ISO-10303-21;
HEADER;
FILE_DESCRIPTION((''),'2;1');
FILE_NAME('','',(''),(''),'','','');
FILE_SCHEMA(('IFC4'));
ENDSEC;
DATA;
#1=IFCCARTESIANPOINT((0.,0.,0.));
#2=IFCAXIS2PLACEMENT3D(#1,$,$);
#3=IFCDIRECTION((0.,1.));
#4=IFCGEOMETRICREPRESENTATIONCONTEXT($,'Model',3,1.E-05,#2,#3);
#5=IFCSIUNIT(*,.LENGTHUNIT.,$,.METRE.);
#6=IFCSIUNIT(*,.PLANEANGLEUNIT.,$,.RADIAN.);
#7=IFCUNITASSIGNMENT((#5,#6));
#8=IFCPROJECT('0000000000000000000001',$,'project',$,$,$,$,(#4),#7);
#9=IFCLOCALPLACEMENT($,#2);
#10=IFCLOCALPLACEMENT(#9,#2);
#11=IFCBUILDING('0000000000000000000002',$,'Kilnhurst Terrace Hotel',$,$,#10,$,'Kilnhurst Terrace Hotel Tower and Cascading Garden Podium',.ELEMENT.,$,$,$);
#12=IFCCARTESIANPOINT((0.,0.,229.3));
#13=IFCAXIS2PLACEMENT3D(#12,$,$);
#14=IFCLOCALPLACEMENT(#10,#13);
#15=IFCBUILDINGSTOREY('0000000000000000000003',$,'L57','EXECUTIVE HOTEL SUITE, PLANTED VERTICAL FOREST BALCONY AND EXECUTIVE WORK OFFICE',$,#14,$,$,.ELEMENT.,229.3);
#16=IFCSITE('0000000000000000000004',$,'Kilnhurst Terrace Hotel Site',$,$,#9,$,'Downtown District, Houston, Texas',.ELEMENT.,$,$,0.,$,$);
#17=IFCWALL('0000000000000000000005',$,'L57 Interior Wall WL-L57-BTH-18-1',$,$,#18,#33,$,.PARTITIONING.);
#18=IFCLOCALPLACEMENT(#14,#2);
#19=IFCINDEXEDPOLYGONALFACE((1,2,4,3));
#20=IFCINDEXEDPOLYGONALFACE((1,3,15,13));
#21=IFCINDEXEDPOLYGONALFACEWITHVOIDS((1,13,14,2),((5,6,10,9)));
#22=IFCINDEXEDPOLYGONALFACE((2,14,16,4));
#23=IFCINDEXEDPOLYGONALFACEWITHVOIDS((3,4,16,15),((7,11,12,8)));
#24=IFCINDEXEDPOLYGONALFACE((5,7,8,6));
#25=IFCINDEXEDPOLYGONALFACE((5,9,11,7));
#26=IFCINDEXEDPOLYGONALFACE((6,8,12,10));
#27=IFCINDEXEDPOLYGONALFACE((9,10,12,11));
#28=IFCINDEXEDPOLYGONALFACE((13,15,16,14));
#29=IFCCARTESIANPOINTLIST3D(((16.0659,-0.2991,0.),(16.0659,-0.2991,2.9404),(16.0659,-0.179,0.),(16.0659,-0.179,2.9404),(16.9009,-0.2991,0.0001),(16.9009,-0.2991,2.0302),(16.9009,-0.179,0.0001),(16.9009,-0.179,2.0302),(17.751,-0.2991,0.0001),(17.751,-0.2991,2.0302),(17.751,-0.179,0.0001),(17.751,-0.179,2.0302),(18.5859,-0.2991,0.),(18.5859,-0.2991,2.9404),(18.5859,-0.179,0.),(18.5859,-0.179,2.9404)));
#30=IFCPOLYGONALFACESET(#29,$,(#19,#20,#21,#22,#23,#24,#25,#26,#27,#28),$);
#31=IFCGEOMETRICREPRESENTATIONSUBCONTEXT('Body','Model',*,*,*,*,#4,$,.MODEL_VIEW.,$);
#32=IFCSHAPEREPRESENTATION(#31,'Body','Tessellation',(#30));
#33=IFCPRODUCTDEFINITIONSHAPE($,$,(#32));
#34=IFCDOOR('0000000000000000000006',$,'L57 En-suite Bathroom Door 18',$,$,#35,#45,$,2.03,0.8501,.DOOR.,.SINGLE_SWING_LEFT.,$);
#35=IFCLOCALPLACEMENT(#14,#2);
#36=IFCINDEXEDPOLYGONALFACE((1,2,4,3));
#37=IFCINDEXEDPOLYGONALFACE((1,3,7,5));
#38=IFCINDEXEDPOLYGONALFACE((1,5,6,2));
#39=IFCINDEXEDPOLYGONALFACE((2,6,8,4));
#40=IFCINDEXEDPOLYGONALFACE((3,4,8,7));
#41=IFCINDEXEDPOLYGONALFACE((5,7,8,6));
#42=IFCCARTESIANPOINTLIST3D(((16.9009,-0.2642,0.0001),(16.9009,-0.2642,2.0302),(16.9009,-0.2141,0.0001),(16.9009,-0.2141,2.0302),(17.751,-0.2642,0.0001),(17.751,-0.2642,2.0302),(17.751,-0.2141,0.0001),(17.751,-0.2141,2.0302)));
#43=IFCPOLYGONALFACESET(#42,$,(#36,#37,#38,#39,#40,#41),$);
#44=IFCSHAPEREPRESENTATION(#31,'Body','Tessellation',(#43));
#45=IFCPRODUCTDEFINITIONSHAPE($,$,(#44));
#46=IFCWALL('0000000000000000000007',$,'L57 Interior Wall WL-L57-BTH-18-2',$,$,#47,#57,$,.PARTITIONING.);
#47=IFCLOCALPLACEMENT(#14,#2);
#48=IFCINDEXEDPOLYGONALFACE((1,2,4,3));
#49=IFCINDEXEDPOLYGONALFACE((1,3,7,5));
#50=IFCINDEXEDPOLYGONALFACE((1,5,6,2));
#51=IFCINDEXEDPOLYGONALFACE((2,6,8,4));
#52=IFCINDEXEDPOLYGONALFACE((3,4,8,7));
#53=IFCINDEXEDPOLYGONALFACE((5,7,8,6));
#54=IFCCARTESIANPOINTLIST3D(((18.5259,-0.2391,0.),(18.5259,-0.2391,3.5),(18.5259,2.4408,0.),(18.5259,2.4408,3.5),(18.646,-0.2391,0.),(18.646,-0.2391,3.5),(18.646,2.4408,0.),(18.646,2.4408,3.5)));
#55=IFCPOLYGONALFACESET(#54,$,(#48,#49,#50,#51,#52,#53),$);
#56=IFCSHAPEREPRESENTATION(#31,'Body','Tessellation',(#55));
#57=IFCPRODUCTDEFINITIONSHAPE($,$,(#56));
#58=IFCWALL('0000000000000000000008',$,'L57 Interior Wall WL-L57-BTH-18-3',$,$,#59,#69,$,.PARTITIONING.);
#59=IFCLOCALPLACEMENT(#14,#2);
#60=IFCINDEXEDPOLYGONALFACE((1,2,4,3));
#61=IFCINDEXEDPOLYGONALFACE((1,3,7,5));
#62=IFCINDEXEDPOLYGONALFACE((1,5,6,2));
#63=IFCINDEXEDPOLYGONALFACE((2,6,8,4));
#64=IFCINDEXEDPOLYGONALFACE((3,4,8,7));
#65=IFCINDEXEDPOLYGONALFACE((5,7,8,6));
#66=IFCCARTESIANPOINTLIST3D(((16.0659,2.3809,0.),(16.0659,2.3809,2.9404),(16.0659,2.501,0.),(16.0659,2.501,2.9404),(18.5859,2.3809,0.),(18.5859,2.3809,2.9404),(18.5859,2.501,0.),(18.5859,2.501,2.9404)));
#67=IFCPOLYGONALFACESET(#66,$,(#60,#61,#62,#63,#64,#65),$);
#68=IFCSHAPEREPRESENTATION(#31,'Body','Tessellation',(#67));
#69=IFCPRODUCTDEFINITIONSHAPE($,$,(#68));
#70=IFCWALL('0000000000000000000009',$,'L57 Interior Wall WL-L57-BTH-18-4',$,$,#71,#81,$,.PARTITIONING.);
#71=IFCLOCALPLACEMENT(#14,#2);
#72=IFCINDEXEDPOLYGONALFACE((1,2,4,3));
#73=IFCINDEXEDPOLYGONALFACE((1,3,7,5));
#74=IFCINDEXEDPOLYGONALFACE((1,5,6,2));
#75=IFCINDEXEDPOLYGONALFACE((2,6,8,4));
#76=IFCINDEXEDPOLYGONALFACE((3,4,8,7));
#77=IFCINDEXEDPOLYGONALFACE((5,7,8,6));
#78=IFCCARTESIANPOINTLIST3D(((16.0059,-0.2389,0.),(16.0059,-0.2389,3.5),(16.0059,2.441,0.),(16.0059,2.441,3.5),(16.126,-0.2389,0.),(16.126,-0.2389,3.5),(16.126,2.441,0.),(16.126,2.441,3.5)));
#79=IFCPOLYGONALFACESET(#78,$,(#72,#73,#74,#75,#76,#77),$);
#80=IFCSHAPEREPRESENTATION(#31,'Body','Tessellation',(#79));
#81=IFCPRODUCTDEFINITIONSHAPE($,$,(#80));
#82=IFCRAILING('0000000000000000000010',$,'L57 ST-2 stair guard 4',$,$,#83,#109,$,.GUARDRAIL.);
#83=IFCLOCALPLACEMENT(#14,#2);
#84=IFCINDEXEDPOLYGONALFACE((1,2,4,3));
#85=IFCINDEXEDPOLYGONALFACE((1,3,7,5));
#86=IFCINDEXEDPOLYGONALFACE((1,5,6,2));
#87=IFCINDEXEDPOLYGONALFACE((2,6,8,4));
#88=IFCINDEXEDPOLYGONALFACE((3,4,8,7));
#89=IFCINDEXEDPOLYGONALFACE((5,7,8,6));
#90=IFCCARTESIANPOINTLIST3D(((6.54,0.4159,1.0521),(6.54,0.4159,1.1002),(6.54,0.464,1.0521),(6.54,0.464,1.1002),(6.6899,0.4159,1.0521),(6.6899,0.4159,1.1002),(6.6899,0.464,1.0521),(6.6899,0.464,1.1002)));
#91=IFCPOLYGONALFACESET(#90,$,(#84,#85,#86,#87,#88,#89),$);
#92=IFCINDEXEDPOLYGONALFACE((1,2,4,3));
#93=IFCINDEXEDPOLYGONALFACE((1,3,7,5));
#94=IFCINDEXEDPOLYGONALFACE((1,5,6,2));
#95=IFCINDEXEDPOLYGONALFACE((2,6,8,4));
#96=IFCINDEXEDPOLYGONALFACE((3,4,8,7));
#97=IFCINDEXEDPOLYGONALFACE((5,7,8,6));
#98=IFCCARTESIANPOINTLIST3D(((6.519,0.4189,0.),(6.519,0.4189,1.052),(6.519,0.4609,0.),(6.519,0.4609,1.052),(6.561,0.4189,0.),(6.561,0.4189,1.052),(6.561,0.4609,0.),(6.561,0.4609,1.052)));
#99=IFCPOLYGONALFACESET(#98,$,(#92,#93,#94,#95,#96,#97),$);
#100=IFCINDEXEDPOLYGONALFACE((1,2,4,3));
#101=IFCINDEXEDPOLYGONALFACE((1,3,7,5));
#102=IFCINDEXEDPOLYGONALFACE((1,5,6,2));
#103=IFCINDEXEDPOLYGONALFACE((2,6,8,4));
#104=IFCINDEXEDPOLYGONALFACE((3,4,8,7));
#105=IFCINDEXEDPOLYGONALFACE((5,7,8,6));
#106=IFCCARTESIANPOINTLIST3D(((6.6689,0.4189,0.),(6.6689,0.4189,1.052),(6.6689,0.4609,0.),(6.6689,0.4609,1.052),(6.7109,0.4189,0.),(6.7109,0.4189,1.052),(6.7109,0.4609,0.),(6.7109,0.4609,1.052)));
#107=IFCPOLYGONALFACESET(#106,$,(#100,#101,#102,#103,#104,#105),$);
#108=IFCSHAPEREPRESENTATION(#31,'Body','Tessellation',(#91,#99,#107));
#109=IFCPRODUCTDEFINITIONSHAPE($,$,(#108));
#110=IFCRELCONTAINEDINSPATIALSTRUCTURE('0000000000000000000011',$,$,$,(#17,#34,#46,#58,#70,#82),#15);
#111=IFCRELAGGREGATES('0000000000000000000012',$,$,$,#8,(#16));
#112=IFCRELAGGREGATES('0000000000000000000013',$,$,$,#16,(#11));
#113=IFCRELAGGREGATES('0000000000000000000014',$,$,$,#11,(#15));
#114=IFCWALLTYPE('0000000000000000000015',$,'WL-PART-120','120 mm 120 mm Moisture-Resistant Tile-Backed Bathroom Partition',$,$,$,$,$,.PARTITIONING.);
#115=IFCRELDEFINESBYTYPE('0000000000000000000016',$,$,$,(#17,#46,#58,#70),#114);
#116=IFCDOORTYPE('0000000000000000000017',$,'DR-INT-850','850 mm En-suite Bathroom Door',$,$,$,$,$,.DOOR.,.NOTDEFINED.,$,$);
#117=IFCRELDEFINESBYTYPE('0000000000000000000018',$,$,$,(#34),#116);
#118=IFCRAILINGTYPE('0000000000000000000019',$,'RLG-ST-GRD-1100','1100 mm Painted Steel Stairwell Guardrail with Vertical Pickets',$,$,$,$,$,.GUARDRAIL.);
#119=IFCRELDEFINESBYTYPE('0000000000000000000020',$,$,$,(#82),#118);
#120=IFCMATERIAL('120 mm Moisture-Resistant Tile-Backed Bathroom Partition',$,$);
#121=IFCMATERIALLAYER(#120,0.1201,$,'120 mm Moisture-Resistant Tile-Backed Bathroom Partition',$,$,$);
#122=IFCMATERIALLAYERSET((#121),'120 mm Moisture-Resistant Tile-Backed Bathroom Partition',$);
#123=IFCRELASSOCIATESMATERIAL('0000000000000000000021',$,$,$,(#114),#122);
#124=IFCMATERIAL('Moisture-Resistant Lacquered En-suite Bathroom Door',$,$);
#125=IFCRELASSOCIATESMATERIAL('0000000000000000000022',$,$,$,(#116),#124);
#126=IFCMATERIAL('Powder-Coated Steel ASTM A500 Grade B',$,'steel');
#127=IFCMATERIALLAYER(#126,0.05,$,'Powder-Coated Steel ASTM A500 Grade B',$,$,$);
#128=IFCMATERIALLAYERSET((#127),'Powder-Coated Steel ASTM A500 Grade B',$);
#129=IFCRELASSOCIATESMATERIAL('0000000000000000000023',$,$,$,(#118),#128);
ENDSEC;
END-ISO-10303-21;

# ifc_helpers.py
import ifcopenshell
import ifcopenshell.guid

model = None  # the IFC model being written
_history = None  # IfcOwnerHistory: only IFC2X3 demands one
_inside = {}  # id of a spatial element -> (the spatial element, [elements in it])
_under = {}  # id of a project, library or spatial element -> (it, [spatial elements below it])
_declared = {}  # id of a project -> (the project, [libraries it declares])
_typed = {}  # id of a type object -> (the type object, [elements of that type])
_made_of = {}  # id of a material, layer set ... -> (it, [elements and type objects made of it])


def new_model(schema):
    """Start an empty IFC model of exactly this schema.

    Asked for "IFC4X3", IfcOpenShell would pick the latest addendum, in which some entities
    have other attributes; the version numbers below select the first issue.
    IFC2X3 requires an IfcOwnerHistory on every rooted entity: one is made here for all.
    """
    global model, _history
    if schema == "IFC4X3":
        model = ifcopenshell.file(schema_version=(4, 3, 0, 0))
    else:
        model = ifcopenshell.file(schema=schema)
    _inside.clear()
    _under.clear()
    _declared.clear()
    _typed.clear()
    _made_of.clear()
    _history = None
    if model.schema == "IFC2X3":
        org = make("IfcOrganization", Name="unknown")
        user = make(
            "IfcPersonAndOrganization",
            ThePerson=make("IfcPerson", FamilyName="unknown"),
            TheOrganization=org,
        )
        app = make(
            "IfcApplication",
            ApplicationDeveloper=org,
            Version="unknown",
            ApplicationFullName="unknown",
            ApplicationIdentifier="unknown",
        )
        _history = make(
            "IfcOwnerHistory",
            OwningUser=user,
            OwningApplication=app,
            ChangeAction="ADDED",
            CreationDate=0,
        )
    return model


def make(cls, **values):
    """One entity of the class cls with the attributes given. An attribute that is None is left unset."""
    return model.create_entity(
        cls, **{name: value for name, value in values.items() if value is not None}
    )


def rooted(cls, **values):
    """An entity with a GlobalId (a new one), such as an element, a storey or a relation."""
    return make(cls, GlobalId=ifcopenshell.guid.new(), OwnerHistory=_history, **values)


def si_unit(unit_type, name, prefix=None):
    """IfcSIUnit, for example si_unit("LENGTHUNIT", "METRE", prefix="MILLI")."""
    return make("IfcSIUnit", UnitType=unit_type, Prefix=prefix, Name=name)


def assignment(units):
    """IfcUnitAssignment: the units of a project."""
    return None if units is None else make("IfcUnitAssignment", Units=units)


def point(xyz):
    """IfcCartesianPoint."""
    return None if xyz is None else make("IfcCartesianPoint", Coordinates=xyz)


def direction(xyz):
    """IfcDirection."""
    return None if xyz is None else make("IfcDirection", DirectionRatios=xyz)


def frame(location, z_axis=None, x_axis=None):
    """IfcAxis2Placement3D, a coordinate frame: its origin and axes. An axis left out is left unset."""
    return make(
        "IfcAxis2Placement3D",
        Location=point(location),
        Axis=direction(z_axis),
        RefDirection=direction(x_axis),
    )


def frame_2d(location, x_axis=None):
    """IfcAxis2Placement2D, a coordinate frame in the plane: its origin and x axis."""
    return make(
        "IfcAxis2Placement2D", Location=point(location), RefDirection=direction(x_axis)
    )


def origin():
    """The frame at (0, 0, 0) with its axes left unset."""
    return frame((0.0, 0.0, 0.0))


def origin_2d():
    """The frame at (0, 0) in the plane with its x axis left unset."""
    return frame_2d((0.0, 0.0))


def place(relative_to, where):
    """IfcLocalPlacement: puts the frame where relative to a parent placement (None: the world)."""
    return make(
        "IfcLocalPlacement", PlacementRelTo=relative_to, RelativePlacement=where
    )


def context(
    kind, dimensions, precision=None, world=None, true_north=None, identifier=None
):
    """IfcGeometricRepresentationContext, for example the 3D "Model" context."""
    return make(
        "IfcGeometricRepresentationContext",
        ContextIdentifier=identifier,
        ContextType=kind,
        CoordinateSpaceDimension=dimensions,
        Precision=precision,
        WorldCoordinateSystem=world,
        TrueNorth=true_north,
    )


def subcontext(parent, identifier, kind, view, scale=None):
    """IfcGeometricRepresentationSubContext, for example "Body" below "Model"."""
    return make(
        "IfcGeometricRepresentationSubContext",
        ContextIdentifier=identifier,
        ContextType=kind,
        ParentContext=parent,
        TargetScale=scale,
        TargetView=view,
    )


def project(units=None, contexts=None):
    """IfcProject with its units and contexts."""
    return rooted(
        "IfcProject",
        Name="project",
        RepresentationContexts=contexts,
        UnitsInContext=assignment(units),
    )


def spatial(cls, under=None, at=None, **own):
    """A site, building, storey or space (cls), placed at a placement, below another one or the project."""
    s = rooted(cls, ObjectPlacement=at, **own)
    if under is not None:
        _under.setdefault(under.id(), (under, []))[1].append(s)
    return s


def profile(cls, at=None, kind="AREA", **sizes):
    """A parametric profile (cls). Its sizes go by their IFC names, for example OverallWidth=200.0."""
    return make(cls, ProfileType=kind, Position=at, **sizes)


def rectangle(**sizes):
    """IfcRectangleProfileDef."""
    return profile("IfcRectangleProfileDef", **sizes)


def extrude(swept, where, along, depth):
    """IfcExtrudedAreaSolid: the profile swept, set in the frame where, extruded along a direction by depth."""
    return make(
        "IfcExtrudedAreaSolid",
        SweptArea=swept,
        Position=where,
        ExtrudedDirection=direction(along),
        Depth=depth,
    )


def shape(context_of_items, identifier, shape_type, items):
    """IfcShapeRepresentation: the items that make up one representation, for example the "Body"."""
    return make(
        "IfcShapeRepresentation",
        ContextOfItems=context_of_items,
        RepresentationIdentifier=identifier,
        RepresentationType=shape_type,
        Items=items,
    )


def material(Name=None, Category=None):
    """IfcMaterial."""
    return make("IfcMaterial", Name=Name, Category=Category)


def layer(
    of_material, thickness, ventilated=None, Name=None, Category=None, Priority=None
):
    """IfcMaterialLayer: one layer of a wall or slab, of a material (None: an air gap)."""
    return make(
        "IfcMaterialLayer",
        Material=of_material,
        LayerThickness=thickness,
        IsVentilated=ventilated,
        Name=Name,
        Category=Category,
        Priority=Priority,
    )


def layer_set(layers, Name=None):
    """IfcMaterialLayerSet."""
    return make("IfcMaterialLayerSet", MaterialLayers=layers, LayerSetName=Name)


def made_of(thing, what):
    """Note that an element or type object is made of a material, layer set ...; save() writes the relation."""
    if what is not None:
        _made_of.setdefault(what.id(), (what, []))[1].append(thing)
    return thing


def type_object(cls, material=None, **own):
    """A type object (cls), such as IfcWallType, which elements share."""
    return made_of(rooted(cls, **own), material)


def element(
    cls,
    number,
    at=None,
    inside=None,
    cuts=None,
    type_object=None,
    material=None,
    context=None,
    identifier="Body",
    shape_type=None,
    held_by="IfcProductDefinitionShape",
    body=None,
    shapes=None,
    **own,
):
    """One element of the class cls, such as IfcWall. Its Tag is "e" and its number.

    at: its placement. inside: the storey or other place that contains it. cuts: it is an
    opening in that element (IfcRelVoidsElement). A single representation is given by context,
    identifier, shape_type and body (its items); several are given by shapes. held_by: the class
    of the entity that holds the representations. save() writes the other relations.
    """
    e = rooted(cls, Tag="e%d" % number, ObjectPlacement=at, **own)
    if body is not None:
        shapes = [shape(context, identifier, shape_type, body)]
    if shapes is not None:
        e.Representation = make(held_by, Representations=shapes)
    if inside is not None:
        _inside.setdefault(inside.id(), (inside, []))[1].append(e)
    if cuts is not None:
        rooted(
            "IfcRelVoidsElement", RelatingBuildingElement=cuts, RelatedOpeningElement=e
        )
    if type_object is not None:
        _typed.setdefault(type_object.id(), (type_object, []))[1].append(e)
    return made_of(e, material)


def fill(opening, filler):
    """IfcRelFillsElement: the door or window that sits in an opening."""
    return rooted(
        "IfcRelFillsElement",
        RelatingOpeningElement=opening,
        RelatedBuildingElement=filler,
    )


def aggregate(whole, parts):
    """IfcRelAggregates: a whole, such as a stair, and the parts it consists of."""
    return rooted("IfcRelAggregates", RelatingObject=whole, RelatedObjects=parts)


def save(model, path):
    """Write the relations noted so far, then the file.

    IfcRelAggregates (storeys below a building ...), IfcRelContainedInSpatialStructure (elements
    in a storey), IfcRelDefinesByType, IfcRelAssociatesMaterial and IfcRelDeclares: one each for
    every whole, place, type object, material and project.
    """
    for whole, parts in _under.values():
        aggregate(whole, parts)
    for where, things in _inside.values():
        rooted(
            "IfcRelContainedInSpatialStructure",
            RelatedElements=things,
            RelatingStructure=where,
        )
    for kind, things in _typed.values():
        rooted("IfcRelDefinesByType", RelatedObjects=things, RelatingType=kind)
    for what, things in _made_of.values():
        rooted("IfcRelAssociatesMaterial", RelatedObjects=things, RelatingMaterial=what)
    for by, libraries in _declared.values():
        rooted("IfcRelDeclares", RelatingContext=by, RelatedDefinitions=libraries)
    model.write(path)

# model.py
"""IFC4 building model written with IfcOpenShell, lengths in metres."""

from ifc_helpers import new_model, si_unit, direction, frame, frame_2d, origin, origin_2d, place, context, subcontext, project, spatial, rectangle, extrude, material, layer, layer_set, type_object, element, fill, save


model = new_model("IFC4")

# Units and contexts
model_context = context("Model", 3, precision=1e-05, world=origin(), true_north=direction((0.0, 1.0)))
body_context = subcontext(model_context, "Body", "Model", "MODEL_VIEW")
ifc_project = project(units=[si_unit("LENGTHUNIT", "METRE"), si_unit("PLANEANGLEUNIT", "RADIAN")], contexts=[model_context])

# Site, building, storey
site_placement = place(None, origin())
site = spatial("IfcSite", under=ifc_project, at=site_placement, Name="Kilnhurst Terrace Hotel Site", LongName="Downtown District, Houston, Texas", CompositionType="ELEMENT", RefElevation=0.0)
building_placement = place(site_placement, origin())
building = spatial("IfcBuilding", under=site, at=building_placement, Name="Kilnhurst Terrace Hotel", LongName="Kilnhurst Terrace Hotel Tower and Cascading Garden Podium", CompositionType="ELEMENT")
storey_placement = place(building_placement, frame((0.0, 0.0, 229.3)))
storey = spatial("IfcBuildingStorey", under=building, at=storey_placement, Name="L57", Description="EXECUTIVE HOTEL SUITE, PLANTED VERTICAL FOREST BALCONY AND EXECUTIVE WORK OFFICE", CompositionType="ELEMENT", Elevation=229.3)

# Shared definitions
ifc_material_1 = material(Name="120 mm Moisture-Resistant Tile-Backed Bathroom Partition")
ifc_layer_1 = layer(ifc_material_1, 0.1201, Name="120 mm Moisture-Resistant Tile-Backed Bathroom Partition")
ifc_layer_set_1 = layer_set([ifc_layer_1], Name="120 mm Moisture-Resistant Tile-Backed Bathroom Partition")
wall_type_1 = type_object("IfcWallType", Name="WL-PART-120", Description="120 mm 120 mm Moisture-Resistant Tile-Backed Bathroom Partition", PredefinedType="PARTITIONING", material=ifc_layer_set_1)
ifc_material_2 = material(Name="Moisture-Resistant Lacquered En-suite Bathroom Door")
door_type = type_object("IfcDoorType", Name="DR-INT-850", Description="850 mm En-suite Bathroom Door", OperationType="NOTDEFINED", PredefinedType="DOOR", material=ifc_material_2)

# Wall, opening, door
wall_1_placement = place(storey_placement, frame((16.0659, -0.239, 0.0), z_axis=(0.0, 0.0, 1.0), x_axis=(1.0, 0.0, 0.0)))
wall_1 = element("IfcWall", 1, at=wall_1_placement, inside=storey, type_object=wall_type_1, Name="L57 Interior Wall WL-L57-BTH-18-1", PredefinedType="PARTITIONING", context=body_context, shape_type="SweptSolid", body=[
    extrude(rectangle(XDim=2.52, YDim=0.1201, at=frame_2d((1.26, 0.0))), origin(), (0.0, 0.0, 1.0), 2.9404),
])
opening_1_placement = place(wall_1_placement, frame((0.835, 0.0, 0.0)))
opening_1 = element("IfcOpeningElement", 2, at=opening_1_placement, cuts=wall_1, PredefinedType="OPENING", context=body_context, shape_type="SweptSolid", body=[
    extrude(rectangle(XDim=0.8501, YDim=2.03, at=frame_2d((0.425, 1.0151))), frame((0.0, 0.0701, 0.0), z_axis=(0.0, -1.0, 0.0), x_axis=(1.0, 0.0, 0.0)), (0.0, 0.0, 1.0), 0.1401),
])
door_1_placement = place(opening_1_placement, origin())
door_1 = element("IfcDoor", 3, at=door_1_placement, inside=storey, type_object=door_type, Name="L57 En-suite Bathroom Door 18", OperationType="SINGLE_SWING_LEFT", OverallHeight=2.03, OverallWidth=0.8501, PredefinedType="DOOR", context=body_context, shape_type="SweptSolid", body=[
    extrude(rectangle(XDim=0.8501, YDim=2.03, at=frame_2d((0.425, 1.0151))), frame((0.0, 0.0249, 0.0), z_axis=(0.0, -1.0, 0.0), x_axis=(1.0, 0.0, 0.0)), (0.0, 0.0, 1.0), 0.05),
])
fill(opening_1, door_1)

# Walls
wall_2_placement = place(storey_placement, frame((18.5859, -0.239, 0.0), z_axis=(0.0, 0.0, 1.0), x_axis=(0.0, 1.0, 0.0)))
element("IfcWall", 4, at=wall_2_placement, inside=storey, type_object=wall_type_1, Name="L57 Interior Wall WL-L57-BTH-18-2", PredefinedType="PARTITIONING", context=body_context, shape_type="SweptSolid", body=[
    extrude(rectangle(XDim=2.6799, YDim=0.1201, at=frame_2d((1.3398, 0.0))), origin(), (0.0, 0.0, 1.0), 3.5),
])
wall_3_placement = place(storey_placement, frame((18.5859, 2.4409, 0.0), z_axis=(0.0, 0.0, 1.0), x_axis=(-1.0, 0.0, 0.0)))
element("IfcWall", 5, at=wall_3_placement, inside=storey, type_object=wall_type_1, Name="L57 Interior Wall WL-L57-BTH-18-3", PredefinedType="PARTITIONING", context=body_context, shape_type="SweptSolid", body=[
    extrude(rectangle(XDim=2.52, YDim=0.1201, at=frame_2d((1.26, 0.0))), origin(), (0.0, 0.0, 1.0), 2.9404),
])
wall_4_placement = place(storey_placement, frame((16.0659, 2.4409, 0.0), z_axis=(0.0, 0.0, 1.0), x_axis=(0.0, -1.0, 0.0)))
element("IfcWall", 6, at=wall_4_placement, inside=storey, type_object=wall_type_1, Name="L57 Interior Wall WL-L57-BTH-18-4", PredefinedType="PARTITIONING", context=body_context, shape_type="SweptSolid", body=[
    extrude(rectangle(XDim=2.6799, YDim=0.1201, at=frame_2d((1.3398, 0.0))), origin(), (0.0, 0.0, 1.0), 3.5),
])

# Railing
ifc_material_3 = material(Name="Powder-Coated Steel ASTM A500 Grade B", Category="steel")
ifc_layer_2 = layer(ifc_material_3, 0.05, Name="Powder-Coated Steel ASTM A500 Grade B")
ifc_layer_set_2 = layer_set([ifc_layer_2], Name="Powder-Coated Steel ASTM A500 Grade B")
railing_type = type_object("IfcRailingType", Name="RLG-ST-GRD-1100", Description="1100 mm Painted Steel Stairwell Guardrail with Vertical Pickets", PredefinedType="GUARDRAIL", material=ifc_layer_set_2)
railing_placement = place(storey_placement, frame((6.54, 0.4399, 0.0)))
element("IfcRailing", 7, at=railing_placement, inside=storey, type_object=railing_type, Name="L57 ST-2 stair guard 4", PredefinedType="GUARDRAIL", context=body_context, shape_type="SweptSolid", body=[
    extrude(rectangle(XDim=0.0481, YDim=0.0481, at=origin_2d()), frame((0.0, 0.0, 1.0762), z_axis=(1.0, 0.0, 0.0), x_axis=(0.0, 1.0, 0.0)), (0.0, 0.0, 1.0), 0.1499),
    extrude(rectangle(XDim=0.042, YDim=0.042, at=origin_2d()), origin(), (0.0, 0.0, 1.0), 1.052),
    extrude(rectangle(XDim=0.042, YDim=0.042, at=origin_2d()), frame((0.1499, 0.0, 0.0)), (0.0, 0.0, 1.0), 1.052),
])

save(model, "model.ifc")
